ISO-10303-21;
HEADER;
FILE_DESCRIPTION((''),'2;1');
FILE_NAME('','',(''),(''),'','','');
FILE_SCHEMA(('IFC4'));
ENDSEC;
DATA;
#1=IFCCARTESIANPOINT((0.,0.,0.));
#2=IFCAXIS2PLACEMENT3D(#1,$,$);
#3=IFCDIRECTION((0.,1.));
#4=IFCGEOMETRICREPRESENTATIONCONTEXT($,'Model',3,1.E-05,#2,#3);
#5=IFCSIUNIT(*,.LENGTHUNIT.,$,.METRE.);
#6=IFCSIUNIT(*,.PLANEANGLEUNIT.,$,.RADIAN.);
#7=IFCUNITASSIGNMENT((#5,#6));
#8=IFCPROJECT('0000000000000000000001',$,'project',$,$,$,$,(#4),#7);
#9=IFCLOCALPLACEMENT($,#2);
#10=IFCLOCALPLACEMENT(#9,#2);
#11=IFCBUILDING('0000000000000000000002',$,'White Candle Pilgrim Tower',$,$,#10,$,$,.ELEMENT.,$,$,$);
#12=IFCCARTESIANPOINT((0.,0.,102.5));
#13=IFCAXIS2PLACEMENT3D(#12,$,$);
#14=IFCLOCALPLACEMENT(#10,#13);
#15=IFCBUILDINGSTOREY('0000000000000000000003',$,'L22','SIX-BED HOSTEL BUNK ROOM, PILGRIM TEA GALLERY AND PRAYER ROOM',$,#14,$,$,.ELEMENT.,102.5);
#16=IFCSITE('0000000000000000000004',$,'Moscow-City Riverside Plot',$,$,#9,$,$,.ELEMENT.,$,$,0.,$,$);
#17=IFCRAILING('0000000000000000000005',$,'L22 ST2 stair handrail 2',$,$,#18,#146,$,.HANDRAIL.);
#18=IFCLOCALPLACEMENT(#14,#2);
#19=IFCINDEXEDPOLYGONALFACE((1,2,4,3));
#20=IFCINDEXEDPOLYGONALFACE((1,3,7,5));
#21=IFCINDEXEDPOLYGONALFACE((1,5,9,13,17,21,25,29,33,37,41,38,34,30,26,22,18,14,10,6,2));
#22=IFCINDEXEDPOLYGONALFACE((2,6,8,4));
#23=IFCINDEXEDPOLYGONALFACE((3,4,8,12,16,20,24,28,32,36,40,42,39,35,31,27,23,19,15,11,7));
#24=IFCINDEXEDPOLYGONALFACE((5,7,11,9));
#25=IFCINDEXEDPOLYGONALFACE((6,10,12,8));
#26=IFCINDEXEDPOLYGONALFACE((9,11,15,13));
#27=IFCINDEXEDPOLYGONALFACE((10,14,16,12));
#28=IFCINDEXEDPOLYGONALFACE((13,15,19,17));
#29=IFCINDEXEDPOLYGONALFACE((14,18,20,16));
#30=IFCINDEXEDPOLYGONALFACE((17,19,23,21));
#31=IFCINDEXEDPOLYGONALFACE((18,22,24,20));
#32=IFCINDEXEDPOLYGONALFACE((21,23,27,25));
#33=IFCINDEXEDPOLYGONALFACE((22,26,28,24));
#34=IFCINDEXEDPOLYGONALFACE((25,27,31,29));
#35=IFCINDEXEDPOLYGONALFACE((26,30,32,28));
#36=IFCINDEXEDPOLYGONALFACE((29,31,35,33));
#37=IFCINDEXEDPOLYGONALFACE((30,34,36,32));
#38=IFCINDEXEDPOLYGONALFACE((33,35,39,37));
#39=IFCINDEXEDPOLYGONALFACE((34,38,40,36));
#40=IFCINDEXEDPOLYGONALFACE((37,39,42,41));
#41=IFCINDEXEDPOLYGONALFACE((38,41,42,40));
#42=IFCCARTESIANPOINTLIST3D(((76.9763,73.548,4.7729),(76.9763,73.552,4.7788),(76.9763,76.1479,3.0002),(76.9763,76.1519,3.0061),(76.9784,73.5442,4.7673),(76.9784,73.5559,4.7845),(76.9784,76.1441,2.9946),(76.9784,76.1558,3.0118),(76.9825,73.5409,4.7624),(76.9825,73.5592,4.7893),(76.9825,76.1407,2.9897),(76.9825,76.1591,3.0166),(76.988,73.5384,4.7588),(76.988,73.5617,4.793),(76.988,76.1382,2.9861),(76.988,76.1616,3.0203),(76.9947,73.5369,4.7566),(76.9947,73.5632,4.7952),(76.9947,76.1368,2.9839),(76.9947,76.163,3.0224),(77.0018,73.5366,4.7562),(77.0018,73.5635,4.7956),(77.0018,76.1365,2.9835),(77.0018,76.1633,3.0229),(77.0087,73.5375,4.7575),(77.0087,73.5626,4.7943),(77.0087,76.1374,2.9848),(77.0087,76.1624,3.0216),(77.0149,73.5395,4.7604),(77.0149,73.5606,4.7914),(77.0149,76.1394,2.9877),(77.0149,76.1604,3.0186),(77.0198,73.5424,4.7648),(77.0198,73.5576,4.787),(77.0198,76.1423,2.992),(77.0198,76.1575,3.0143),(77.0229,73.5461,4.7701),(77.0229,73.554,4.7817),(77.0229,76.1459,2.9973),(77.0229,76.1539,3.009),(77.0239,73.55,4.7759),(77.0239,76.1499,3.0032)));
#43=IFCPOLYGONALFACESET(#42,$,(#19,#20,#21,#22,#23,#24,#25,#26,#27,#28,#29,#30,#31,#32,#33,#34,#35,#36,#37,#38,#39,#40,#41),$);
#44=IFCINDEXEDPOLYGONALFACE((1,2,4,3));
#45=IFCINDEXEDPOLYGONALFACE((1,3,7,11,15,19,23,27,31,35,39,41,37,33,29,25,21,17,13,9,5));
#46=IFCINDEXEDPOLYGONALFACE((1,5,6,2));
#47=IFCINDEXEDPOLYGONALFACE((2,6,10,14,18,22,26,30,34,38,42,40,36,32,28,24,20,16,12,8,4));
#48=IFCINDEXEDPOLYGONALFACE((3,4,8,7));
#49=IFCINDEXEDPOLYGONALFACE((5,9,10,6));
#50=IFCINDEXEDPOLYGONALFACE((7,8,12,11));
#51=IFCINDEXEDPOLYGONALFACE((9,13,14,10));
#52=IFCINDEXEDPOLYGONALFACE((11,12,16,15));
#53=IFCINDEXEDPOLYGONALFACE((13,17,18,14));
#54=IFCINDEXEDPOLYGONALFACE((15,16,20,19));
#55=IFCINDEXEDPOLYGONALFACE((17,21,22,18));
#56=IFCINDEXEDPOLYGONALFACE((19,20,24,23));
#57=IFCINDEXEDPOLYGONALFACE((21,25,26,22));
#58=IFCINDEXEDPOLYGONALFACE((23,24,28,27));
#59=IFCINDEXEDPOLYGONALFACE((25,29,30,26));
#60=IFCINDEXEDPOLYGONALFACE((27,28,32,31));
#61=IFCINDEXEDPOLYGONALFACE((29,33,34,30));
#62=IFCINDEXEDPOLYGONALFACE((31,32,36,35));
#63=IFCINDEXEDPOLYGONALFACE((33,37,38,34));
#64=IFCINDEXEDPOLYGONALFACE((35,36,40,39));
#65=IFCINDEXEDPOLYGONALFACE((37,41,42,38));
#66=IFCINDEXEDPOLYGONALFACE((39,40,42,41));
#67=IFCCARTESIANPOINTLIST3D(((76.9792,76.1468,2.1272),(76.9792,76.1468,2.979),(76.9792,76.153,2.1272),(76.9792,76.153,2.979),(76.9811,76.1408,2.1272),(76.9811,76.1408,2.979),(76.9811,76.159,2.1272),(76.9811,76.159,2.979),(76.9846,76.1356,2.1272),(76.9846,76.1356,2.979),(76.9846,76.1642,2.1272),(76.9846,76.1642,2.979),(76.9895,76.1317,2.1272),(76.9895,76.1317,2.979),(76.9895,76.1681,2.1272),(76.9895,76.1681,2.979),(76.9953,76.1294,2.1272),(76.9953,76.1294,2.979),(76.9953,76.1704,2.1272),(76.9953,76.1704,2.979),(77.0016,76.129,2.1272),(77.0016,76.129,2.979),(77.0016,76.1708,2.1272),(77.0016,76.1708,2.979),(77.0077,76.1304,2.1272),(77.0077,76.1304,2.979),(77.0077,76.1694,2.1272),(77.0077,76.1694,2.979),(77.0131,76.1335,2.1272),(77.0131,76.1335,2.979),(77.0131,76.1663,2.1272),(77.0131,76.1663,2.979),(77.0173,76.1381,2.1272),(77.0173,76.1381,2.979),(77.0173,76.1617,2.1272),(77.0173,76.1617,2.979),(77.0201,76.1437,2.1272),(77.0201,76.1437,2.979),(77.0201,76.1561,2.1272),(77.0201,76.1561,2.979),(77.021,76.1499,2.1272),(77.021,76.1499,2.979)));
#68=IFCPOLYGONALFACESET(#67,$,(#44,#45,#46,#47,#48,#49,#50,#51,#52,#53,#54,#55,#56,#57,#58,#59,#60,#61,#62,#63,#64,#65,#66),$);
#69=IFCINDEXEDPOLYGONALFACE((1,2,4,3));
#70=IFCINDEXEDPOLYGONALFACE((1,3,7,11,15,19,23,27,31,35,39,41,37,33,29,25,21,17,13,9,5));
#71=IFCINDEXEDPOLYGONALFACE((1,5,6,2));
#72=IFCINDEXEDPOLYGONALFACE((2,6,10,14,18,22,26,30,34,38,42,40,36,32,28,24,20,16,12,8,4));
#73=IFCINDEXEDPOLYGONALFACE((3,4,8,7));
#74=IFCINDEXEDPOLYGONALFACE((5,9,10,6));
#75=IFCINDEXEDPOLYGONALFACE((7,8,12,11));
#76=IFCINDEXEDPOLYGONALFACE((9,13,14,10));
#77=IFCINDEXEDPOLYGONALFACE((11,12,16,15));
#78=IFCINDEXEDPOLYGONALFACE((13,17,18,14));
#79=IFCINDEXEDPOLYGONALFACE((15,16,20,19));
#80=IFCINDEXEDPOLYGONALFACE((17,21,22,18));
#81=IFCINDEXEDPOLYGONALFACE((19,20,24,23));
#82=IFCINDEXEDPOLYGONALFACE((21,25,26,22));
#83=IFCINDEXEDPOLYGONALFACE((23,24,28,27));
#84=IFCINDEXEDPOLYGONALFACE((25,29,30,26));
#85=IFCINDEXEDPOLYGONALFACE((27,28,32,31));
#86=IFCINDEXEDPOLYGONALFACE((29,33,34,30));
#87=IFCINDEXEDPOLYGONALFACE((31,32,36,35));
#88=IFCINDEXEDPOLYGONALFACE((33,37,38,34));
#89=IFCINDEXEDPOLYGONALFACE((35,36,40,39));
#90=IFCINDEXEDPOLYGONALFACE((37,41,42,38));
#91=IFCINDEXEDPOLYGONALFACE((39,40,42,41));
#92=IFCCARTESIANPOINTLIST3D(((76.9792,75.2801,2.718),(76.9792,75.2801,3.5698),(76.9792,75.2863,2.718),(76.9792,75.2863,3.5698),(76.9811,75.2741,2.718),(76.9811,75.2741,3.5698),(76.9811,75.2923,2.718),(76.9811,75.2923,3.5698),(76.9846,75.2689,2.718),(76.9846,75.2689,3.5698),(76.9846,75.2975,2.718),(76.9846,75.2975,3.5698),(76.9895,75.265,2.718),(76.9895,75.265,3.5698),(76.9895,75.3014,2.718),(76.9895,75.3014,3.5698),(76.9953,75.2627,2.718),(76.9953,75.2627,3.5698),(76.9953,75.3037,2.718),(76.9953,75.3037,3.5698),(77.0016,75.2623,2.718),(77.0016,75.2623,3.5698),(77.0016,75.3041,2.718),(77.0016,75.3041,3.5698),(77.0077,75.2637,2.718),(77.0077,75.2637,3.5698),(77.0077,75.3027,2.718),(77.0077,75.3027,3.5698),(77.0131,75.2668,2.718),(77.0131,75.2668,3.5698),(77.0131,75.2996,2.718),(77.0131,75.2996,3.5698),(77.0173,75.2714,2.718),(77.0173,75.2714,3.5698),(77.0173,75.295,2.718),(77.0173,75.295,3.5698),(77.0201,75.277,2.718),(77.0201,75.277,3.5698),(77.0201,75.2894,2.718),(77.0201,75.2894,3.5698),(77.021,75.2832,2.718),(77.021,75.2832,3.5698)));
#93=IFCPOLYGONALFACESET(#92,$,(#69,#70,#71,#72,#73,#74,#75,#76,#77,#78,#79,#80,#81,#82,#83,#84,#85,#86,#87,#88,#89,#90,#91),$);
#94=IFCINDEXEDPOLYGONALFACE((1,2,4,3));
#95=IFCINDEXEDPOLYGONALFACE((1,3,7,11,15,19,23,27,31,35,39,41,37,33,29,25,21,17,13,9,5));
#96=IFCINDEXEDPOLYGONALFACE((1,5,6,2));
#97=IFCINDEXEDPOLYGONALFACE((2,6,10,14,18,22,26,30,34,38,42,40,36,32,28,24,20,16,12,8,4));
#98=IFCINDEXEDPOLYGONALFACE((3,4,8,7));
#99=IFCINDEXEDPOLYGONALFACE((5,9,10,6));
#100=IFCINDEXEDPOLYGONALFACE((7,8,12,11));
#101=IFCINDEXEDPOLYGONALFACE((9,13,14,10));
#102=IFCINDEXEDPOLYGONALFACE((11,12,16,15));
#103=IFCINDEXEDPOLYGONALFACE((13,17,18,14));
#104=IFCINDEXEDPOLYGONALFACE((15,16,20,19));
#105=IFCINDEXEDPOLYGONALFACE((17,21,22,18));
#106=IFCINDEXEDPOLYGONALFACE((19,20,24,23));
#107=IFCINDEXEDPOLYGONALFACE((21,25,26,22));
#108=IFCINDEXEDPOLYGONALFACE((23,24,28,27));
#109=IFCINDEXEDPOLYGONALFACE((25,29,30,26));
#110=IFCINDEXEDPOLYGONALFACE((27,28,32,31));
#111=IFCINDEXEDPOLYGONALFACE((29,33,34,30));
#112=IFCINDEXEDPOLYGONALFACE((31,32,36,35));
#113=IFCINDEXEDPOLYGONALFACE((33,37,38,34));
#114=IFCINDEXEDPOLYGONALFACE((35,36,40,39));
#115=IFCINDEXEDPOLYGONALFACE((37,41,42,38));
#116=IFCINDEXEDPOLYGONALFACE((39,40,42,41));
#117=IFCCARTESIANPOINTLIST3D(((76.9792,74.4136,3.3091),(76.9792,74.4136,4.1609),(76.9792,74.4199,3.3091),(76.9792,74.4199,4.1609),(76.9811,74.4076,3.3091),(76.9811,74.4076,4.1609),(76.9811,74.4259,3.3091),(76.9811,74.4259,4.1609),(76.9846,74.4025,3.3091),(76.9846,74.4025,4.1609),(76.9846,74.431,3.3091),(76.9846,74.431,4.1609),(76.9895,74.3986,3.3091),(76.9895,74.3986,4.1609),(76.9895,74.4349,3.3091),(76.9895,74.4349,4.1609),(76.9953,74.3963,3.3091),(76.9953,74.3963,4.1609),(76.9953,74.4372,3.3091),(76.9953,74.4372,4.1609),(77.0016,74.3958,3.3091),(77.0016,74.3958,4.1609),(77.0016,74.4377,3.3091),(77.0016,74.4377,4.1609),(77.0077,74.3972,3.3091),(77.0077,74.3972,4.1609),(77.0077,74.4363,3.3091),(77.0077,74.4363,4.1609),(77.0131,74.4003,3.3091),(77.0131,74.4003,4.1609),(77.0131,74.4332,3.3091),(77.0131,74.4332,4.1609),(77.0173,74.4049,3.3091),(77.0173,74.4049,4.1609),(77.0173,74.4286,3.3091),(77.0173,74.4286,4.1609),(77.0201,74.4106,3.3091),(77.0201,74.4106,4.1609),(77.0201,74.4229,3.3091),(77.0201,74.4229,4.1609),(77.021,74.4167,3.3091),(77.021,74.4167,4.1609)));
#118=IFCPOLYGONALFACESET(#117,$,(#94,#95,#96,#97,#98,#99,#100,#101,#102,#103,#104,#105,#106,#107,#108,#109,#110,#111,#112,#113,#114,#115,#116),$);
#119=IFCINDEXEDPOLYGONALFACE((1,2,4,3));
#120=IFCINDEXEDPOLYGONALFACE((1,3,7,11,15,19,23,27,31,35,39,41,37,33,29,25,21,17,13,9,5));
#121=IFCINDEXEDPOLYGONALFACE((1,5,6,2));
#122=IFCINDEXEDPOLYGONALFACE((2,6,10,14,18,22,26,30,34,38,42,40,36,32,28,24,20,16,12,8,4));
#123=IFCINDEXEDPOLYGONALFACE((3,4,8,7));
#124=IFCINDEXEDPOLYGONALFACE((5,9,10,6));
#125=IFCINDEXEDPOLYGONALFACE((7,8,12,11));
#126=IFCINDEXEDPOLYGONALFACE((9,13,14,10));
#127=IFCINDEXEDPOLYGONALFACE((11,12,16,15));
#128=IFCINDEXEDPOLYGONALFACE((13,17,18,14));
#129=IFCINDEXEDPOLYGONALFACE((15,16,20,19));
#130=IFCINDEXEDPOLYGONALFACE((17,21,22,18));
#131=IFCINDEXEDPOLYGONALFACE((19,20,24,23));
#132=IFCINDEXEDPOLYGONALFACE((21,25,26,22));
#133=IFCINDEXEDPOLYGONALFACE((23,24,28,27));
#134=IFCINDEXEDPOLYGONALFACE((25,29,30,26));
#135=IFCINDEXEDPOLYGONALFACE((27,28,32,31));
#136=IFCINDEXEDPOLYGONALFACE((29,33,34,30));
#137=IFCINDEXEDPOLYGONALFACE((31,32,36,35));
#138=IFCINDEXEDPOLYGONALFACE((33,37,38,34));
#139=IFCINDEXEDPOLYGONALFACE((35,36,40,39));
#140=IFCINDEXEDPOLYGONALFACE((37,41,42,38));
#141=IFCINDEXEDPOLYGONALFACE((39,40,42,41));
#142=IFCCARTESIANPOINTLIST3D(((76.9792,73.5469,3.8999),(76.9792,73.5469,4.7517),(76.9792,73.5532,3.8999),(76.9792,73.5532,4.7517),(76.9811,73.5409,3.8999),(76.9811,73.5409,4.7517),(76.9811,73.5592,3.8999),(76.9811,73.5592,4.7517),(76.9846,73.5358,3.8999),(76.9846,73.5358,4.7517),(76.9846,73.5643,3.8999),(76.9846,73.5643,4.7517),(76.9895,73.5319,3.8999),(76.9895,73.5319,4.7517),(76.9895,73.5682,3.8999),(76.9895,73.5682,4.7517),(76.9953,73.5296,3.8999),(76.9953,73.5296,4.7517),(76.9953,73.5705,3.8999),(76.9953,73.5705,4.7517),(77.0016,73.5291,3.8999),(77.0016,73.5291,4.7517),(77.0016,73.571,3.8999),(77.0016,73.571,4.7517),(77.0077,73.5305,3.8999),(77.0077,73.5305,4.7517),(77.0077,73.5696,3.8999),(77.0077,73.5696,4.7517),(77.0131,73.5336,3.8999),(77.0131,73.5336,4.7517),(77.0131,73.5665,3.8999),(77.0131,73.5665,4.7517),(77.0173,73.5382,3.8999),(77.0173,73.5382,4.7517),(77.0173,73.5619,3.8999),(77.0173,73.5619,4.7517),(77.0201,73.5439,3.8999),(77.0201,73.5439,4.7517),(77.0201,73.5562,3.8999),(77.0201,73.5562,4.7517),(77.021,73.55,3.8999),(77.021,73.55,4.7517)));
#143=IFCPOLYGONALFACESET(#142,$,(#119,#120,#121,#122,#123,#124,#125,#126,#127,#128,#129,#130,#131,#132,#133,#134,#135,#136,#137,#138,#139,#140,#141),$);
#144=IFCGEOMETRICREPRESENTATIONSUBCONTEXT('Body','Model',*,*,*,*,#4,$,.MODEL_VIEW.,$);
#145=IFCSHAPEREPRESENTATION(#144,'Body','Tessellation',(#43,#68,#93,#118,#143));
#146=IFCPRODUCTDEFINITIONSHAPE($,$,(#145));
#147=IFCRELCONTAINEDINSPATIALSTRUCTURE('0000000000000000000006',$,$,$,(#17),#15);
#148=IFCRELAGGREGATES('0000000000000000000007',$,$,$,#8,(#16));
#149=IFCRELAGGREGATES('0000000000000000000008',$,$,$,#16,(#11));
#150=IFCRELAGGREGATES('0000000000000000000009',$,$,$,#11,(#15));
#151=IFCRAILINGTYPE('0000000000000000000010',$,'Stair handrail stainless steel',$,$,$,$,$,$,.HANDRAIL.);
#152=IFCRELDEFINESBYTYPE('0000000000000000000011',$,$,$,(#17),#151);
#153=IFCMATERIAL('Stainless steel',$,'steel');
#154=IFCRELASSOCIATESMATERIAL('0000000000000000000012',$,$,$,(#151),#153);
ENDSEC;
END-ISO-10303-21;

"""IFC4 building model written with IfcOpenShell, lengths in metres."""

from ifc_helpers import new_model, si_unit, direction, frame, origin, origin_2d, place, context, subcontext, project, spatial, circle, extrude, material, type_object, element, save


model = new_model("IFC4")

# Units and contexts
model_context = context("Model", 3, precision=1e-05, world=origin(), true_north=direction((0.0, 1.0)))
body_context = subcontext(model_context, "Body", "Model", "MODEL_VIEW")
ifc_project = project(units=[si_unit("LENGTHUNIT", "METRE"), si_unit("PLANEANGLEUNIT", "RADIAN")], contexts=[model_context])

# Site, building, storey
site_placement = place(None, origin())
site = spatial("IfcSite", under=ifc_project, at=site_placement, Name="Moscow-City Riverside Plot", CompositionType="ELEMENT", RefElevation=0.0)
building_placement = place(site_placement, origin())
building = spatial("IfcBuilding", under=site, at=building_placement, Name="White Candle Pilgrim Tower", CompositionType="ELEMENT")
storey_placement = place(building_placement, frame((0.0, 0.0, 102.5)))
storey = spatial("IfcBuildingStorey", under=building, at=storey_placement, Name="L22", Description="SIX-BED HOSTEL BUNK ROOM, PILGRIM TEA GALLERY AND PRAYER ROOM", CompositionType="ELEMENT", Elevation=102.5)

# Railing
ifc_material_1 = material(Name="Stainless steel", Category="steel")
railing_type_1 = type_object("IfcRailingType", Name="Stair handrail stainless steel", PredefinedType="HANDRAIL", material=ifc_material_1)
railing_1_placement = place(storey_placement, frame((77.0, 76.1499, 2.1272)))
element("IfcRailing", 1, at=railing_1_placement, inside=storey, type_object=railing_type_1, Name="L22 ST2 stair handrail 2", PredefinedType="HANDRAIL", context=body_context, shape_type="SweptSolid", body=[
    extrude(circle(Radius=0.0239, at=origin_2d()), frame((0.0, 0.0, 0.876), z_axis=(0.0, -0.826216, 0.563354), x_axis=(1.0, 0.0, 0.0)), (0.0, 0.0, 1.0), 3.1467),
    extrude(circle(Radius=0.021, at=origin_2d()), origin(), (0.0, 0.0, 1.0), 0.8518),
    extrude(circle(Radius=0.021, at=origin_2d()), frame((0.0, -0.8667, 0.5908)), (0.0, 0.0, 1.0), 0.8518),
    extrude(circle(Radius=0.021, at=origin_2d()), frame((0.0, -1.7332, 1.1819)), (0.0, 0.0, 1.0), 0.8518),
    extrude(circle(Radius=0.021, at=origin_2d()), frame((0.0, -2.5999, 1.7727)), (0.0, 0.0, 1.0), 0.8518),
])

save(model, "model.ifc")
